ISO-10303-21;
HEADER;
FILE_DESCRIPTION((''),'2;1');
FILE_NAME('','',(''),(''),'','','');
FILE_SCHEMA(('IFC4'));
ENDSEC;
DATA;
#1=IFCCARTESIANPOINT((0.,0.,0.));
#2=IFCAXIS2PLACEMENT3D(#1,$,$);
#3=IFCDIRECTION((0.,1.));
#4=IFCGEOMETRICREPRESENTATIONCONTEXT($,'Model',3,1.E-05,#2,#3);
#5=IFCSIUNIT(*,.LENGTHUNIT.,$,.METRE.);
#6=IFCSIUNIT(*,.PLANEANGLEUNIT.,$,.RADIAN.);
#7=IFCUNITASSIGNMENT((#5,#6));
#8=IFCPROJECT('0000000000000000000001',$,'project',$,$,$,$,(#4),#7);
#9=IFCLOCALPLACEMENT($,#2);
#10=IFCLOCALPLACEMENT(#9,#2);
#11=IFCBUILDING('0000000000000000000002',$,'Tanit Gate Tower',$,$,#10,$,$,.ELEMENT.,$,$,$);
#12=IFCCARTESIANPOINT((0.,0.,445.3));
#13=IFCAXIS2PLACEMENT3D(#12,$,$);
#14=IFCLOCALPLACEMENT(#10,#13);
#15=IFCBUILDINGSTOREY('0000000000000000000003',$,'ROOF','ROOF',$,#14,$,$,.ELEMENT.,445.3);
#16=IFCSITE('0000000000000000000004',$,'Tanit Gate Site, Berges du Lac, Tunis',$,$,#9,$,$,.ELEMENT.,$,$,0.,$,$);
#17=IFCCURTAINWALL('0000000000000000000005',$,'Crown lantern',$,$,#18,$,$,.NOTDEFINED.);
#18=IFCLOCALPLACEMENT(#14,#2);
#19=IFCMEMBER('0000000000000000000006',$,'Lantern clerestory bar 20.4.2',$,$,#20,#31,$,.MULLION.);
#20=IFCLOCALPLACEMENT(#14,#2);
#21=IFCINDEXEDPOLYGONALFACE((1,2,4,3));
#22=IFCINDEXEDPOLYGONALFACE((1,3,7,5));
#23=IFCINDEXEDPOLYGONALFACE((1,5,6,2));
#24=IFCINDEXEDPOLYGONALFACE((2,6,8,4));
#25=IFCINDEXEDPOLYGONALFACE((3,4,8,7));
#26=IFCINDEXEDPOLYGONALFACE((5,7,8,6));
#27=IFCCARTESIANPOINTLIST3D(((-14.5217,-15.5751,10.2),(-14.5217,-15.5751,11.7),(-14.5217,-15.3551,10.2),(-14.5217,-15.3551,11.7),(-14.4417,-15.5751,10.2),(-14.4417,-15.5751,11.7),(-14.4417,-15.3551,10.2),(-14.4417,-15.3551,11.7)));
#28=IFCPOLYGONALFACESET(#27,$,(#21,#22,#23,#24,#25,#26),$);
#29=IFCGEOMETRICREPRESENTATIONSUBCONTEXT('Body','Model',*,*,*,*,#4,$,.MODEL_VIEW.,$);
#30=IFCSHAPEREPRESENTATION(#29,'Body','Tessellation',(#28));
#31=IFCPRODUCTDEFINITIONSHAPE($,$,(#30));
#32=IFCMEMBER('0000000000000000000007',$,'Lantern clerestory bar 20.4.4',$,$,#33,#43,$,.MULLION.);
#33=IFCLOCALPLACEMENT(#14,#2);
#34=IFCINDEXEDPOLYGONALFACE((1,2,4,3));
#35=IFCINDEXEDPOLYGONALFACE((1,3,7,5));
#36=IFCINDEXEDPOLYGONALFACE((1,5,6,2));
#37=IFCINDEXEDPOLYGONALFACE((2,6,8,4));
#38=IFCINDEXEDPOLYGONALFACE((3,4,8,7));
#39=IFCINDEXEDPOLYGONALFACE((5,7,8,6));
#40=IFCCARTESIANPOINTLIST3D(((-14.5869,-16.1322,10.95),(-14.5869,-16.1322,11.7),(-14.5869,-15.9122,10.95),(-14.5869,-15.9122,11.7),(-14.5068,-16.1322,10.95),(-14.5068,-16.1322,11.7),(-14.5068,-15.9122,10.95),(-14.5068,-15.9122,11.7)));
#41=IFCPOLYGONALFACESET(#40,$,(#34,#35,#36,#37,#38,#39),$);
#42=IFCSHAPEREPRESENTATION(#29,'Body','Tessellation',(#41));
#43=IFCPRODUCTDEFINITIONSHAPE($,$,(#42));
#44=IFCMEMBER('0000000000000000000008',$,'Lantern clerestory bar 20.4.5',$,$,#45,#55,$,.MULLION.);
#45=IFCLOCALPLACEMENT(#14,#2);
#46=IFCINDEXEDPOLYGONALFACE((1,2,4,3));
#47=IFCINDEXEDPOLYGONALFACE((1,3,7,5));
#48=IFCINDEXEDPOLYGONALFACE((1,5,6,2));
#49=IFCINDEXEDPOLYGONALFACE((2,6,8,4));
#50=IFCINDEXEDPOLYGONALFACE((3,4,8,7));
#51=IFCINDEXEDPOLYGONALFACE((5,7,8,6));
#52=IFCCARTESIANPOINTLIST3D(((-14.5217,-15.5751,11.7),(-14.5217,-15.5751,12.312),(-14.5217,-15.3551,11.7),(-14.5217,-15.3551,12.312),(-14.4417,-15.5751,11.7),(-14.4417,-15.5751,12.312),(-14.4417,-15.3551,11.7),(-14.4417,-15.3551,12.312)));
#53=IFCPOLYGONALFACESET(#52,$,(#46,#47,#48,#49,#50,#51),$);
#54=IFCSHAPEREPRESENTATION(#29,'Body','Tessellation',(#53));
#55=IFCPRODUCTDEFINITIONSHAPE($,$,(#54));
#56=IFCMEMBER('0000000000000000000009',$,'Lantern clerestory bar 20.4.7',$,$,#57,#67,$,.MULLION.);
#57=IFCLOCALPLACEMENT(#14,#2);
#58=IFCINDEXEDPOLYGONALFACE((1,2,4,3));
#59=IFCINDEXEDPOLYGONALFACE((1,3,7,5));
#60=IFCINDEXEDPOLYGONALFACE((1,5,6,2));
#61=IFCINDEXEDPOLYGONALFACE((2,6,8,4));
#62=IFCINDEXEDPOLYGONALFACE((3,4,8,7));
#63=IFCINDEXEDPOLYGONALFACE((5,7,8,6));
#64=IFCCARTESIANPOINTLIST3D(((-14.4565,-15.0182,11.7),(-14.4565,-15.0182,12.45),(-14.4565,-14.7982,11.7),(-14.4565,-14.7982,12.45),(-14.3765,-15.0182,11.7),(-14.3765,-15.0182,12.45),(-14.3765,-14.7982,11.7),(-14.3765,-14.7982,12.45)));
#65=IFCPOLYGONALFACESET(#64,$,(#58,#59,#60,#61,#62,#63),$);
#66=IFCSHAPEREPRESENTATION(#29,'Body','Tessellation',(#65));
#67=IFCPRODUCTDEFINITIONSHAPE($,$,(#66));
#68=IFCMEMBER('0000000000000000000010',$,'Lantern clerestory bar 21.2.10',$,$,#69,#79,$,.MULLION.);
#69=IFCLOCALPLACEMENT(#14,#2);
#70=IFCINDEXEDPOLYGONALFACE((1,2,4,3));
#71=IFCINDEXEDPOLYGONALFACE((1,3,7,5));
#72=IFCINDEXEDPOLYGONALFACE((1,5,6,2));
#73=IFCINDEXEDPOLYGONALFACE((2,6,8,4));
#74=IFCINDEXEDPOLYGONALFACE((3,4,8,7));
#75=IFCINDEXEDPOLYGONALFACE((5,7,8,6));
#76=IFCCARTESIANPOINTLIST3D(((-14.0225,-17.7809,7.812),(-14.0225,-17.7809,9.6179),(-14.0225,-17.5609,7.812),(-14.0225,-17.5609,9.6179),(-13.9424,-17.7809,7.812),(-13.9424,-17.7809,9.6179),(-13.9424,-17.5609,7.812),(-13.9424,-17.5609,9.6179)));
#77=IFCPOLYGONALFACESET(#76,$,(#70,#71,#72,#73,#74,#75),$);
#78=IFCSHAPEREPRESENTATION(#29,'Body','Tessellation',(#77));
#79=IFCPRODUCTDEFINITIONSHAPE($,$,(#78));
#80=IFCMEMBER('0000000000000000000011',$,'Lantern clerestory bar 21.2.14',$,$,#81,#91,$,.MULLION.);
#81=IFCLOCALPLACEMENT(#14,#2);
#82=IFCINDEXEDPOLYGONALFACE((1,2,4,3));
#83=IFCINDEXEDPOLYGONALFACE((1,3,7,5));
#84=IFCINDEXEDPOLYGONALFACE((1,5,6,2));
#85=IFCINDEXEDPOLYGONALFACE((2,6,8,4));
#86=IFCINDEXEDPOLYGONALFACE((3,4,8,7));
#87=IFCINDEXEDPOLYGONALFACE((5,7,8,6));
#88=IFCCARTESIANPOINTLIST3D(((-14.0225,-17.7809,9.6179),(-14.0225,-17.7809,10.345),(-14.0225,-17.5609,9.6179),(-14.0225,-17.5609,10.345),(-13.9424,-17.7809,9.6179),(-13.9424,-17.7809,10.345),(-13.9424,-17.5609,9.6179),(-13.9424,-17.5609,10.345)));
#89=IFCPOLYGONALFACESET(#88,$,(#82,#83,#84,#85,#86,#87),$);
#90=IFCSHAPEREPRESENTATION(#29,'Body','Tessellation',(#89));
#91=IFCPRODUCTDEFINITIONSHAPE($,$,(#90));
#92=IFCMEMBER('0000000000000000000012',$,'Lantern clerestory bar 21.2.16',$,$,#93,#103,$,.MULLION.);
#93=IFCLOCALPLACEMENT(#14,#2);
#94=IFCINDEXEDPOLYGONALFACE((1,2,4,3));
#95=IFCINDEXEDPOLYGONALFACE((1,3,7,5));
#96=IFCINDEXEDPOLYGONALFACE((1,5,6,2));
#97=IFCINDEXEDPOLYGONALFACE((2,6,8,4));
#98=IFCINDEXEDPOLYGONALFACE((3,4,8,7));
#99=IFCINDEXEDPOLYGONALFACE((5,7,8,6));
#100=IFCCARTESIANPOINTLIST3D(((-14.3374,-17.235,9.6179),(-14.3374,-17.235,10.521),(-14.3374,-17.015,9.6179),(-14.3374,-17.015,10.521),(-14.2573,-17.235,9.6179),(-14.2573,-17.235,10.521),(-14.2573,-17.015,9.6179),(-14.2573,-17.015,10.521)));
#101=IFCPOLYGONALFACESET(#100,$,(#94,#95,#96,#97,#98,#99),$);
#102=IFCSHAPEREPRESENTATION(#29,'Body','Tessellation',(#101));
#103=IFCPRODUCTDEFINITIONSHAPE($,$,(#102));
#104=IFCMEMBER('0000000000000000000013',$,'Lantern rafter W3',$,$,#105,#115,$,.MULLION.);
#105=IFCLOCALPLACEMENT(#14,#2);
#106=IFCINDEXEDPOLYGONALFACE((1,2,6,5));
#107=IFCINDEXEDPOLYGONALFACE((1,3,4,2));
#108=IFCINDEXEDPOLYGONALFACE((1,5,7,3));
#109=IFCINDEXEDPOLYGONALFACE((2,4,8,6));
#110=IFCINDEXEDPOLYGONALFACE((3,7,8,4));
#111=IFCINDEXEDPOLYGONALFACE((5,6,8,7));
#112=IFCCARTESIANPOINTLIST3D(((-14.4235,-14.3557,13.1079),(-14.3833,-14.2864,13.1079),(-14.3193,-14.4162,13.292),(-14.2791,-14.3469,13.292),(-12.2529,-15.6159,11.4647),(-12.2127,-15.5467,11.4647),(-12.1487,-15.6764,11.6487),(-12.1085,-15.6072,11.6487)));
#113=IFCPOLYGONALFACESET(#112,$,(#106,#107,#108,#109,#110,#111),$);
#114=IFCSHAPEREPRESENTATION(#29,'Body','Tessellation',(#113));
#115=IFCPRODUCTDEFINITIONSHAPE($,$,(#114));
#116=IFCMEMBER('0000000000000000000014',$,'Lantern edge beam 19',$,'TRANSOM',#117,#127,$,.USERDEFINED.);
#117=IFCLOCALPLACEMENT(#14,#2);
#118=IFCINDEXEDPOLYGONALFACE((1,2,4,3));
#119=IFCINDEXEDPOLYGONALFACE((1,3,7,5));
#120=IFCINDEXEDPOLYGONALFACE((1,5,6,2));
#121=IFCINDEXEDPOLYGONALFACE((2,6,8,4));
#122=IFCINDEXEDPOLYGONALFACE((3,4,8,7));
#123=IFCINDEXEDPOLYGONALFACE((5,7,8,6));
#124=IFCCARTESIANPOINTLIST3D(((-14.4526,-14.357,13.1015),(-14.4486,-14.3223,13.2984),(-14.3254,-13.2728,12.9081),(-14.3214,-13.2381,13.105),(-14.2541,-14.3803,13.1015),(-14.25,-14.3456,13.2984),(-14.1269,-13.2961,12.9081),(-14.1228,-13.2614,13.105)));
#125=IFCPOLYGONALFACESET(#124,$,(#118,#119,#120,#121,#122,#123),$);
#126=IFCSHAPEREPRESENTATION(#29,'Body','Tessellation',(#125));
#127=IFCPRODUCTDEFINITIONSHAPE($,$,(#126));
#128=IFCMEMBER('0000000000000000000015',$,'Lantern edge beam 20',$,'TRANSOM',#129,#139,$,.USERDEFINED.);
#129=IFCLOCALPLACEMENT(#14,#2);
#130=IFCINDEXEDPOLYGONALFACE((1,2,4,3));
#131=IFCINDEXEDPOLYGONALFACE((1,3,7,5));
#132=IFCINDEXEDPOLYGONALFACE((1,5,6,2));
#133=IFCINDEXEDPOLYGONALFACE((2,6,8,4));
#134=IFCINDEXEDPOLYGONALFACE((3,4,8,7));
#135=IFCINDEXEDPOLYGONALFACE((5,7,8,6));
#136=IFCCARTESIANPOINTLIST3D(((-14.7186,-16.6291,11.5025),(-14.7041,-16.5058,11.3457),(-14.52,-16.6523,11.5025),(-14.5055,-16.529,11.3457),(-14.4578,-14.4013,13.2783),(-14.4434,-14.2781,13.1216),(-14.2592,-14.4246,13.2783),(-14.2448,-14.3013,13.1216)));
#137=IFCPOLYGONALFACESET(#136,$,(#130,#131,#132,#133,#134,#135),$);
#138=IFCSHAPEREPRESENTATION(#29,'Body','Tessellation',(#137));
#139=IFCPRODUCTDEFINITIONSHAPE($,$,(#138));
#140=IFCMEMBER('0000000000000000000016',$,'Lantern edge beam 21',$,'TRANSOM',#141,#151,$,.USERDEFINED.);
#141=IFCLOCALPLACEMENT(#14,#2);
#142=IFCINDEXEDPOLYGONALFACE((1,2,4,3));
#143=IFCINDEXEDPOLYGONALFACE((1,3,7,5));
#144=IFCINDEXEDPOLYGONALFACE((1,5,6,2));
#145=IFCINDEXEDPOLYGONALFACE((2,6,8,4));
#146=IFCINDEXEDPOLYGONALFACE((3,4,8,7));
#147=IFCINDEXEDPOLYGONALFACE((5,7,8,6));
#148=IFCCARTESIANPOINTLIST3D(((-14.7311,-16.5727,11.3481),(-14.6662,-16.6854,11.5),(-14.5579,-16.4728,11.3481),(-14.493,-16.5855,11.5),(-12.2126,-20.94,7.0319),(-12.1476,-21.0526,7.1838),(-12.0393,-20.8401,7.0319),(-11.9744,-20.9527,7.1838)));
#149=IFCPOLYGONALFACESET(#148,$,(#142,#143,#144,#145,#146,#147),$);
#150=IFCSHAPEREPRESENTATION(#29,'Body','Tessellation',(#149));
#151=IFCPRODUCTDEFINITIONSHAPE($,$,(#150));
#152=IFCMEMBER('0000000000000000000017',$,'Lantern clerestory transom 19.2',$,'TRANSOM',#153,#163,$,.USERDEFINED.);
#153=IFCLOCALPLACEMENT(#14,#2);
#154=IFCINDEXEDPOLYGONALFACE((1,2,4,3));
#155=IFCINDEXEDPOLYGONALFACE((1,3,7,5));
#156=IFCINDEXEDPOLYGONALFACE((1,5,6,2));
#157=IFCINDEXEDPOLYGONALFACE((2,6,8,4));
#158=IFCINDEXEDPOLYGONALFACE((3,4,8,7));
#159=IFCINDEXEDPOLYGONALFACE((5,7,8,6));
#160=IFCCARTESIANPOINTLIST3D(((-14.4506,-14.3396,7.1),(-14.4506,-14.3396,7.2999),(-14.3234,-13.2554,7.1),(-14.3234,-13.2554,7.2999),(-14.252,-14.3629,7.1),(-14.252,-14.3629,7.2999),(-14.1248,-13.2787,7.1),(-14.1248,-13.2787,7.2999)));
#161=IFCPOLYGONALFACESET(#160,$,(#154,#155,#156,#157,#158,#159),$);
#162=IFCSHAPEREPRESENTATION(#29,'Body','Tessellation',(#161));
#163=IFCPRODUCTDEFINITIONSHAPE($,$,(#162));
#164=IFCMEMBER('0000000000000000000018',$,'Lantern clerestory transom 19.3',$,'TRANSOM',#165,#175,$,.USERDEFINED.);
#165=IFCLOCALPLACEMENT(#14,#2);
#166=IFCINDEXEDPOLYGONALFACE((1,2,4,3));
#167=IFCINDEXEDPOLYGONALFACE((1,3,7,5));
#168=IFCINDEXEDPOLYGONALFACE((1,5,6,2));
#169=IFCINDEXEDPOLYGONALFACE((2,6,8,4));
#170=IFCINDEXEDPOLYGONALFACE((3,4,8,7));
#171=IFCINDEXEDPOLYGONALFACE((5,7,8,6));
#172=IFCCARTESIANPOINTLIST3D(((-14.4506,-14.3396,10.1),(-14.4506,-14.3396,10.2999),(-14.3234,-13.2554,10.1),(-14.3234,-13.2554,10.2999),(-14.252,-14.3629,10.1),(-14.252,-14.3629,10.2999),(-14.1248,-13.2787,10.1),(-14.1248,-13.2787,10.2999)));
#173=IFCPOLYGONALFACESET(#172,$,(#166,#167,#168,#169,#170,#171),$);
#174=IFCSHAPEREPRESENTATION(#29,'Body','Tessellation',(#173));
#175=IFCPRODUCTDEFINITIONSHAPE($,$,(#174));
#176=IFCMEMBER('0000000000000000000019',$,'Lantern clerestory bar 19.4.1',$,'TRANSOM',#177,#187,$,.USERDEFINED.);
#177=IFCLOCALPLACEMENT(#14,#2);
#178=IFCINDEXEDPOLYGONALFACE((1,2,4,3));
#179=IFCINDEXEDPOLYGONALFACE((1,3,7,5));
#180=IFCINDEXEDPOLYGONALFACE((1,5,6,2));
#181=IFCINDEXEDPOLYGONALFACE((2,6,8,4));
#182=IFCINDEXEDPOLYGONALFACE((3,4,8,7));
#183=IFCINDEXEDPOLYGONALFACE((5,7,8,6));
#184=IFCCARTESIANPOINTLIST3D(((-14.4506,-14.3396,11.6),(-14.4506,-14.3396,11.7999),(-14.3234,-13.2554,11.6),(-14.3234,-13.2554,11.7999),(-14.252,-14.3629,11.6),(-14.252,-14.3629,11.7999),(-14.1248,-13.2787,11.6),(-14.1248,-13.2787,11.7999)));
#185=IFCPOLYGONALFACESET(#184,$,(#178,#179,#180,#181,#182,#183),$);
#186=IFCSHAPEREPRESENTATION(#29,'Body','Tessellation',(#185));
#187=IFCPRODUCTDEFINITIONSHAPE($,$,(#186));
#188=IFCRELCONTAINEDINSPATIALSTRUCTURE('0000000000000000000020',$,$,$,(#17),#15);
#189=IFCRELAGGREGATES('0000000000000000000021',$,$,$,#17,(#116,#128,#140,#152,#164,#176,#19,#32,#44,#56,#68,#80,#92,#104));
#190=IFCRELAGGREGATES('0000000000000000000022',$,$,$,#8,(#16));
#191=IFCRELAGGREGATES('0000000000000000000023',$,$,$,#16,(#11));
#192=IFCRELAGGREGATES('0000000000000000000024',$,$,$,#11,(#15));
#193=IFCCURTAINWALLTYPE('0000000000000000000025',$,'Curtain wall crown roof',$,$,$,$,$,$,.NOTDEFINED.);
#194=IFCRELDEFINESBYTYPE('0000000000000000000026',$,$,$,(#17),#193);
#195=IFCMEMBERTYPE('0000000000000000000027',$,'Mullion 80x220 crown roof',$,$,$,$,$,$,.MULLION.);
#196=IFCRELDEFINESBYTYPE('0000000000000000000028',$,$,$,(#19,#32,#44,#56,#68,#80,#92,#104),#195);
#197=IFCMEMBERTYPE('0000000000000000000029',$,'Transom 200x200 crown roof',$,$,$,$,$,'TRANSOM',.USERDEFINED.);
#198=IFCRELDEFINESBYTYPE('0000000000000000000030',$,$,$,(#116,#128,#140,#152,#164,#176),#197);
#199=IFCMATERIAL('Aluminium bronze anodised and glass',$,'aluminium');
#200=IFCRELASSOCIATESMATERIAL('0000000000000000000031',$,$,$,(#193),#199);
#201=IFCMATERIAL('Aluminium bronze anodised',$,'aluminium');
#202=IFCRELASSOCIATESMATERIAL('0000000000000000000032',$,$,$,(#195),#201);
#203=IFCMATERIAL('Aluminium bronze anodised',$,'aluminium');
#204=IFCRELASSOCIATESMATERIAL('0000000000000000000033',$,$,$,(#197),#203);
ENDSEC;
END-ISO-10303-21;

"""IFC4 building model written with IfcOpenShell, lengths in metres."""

from ifc_helpers import new_model, si_unit, direction, frame, origin, origin_2d, place, context, subcontext, project, spatial, rectangle, extrude, material, material_profile, profile_set, type_object, element, aggregate, save


model = new_model("IFC4")

# Units and contexts
model_context = context("Model", 3, precision=1e-05, world=origin(), true_north=direction((0.0, 1.0)))
body_context = subcontext(model_context, "Body", "Model", "MODEL_VIEW")
ifc_project = project(units=[si_unit("LENGTHUNIT", "METRE"), si_unit("PLANEANGLEUNIT", "RADIAN")], contexts=[model_context])

# Site, building, storey
site_placement = place(None, origin())
site = spatial("IfcSite", under=ifc_project, at=site_placement, Name="Tanit Gate Site, Berges du Lac, Tunis", CompositionType="ELEMENT", RefElevation=0.0)
building_placement = place(site_placement, origin())
building = spatial("IfcBuilding", under=site, at=building_placement, Name="Tanit Gate Tower", CompositionType="ELEMENT")
storey_placement = place(building_placement, frame((0.0, 0.0, 445.3)))
storey = spatial("IfcBuildingStorey", under=building, at=storey_placement, Name="ROOF", Description="ROOF", CompositionType="ELEMENT", Elevation=445.3)

# Curtain wall, members
ifc_material_1 = material(Name="Aluminium bronze anodised and glass", Category="aluminium")
curtain_wall_type = type_object("IfcCurtainWallType", Name="Curtain wall crown roof", PredefinedType="NOTDEFINED", material=ifc_material_1)
curtain_wall_placement = place(storey_placement, origin())
curtain_wall = element("IfcCurtainWall", 1, at=curtain_wall_placement, inside=storey, type_object=curtain_wall_type, Name="Crown lantern", PredefinedType="NOTDEFINED")
ifc_material_2 = material(Name="Aluminium bronze anodised", Category="aluminium")
ifc_material_profile_1 = material_profile(ifc_material_2, rectangle(XDim=0.0801, YDim=0.22, at=origin_2d()), Name="80x220 bronze rafter")
ifc_profile_set_1 = profile_set([ifc_material_profile_1], Name="Aluminium bronze anodised")
member_type_1 = type_object("IfcMemberType", Name="Mullion 80x220 crown roof", PredefinedType="MULLION", material=ifc_profile_set_1)
member_1_placement = place(storey_placement, frame((-14.4817, -15.4651, 10.2), z_axis=(0.0, 0.0, 1.0), x_axis=(1.0, 0.0, 0.0)))
member_1 = element("IfcMember", 2, at=member_1_placement, type_object=member_type_1, Name="Lantern clerestory bar 20.4.2", PredefinedType="MULLION", context=body_context, shape_type="SweptSolid", body=[
    extrude(rectangle(XDim=0.0801, YDim=0.22, at=origin_2d()), origin(), (0.0, 0.0, 1.0), 1.5),
])
member_2_placement = place(storey_placement, frame((-14.5469, -16.0222, 10.95), z_axis=(0.0, 0.0, 1.0), x_axis=(1.0, 0.0, 0.0)))
member_2 = element("IfcMember", 3, at=member_2_placement, type_object=member_type_1, Name="Lantern clerestory bar 20.4.4", PredefinedType="MULLION", context=body_context, shape_type="SweptSolid", body=[
    extrude(rectangle(XDim=0.0801, YDim=0.22, at=origin_2d()), origin(), (0.0, 0.0, 1.0), 0.75),
])
member_3_placement = place(storey_placement, frame((-14.4817, -15.4651, 11.7), z_axis=(0.0, 0.0, 1.0), x_axis=(1.0, 0.0, 0.0)))
member_3 = element("IfcMember", 4, at=member_3_placement, type_object=member_type_1, Name="Lantern clerestory bar 20.4.5", PredefinedType="MULLION", context=body_context, shape_type="SweptSolid", body=[
    extrude(rectangle(XDim=0.0801, YDim=0.22, at=origin_2d()), origin(), (0.0, 0.0, 1.0), 0.6121),
])
member_4_placement = place(storey_placement, frame((-14.4165, -14.9082, 11.7), z_axis=(0.0, 0.0, 1.0), x_axis=(1.0, 0.0, 0.0)))
member_4 = element("IfcMember", 5, at=member_4_placement, type_object=member_type_1, Name="Lantern clerestory bar 20.4.7", PredefinedType="MULLION", context=body_context, shape_type="SweptSolid", body=[
    extrude(rectangle(XDim=0.0801, YDim=0.22, at=origin_2d()), origin(), (0.0, 0.0, 1.0), 0.75),
])
member_5_placement = place(storey_placement, frame((-13.9824, -17.6709, 7.812), z_axis=(0.0, 0.0, 1.0), x_axis=(1.0, 0.0, 0.0)))
member_5 = element("IfcMember", 6, at=member_5_placement, type_object=member_type_1, Name="Lantern clerestory bar 21.2.10", PredefinedType="MULLION", context=body_context, shape_type="SweptSolid", body=[
    extrude(rectangle(XDim=0.0801, YDim=0.22, at=origin_2d()), origin(), (0.0, 0.0, 1.0), 1.8059),
])
member_6_placement = place(storey_placement, frame((-13.9824, -17.6709, 9.6179), z_axis=(0.0, 0.0, 1.0), x_axis=(1.0, 0.0, 0.0)))
member_6 = element("IfcMember", 7, at=member_6_placement, type_object=member_type_1, Name="Lantern clerestory bar 21.2.14", PredefinedType="MULLION", context=body_context, shape_type="SweptSolid", body=[
    extrude(rectangle(XDim=0.0801, YDim=0.22, at=origin_2d()), origin(), (0.0, 0.0, 1.0), 0.7271),
])
member_7_placement = place(storey_placement, frame((-14.2974, -17.125, 9.6179), z_axis=(0.0, 0.0, 1.0), x_axis=(1.0, 0.0, 0.0)))
member_7 = element("IfcMember", 8, at=member_7_placement, type_object=member_type_1, Name="Lantern clerestory bar 21.2.16", PredefinedType="MULLION", context=body_context, shape_type="SweptSolid", body=[
    extrude(rectangle(XDim=0.0801, YDim=0.22, at=origin_2d()), origin(), (0.0, 0.0, 1.0), 0.9031),
])
member_8_placement = place(storey_placement, frame((-14.3513, -14.3513, 13.2), z_axis=(0.723533, -0.420074, -0.547757), x_axis=(0.502098, 0.864811, 0.0)))
member_8 = element("IfcMember", 9, at=member_8_placement, type_object=member_type_1, Name="Lantern rafter W3", PredefinedType="MULLION", context=body_context, shape_type="SweptSolid", body=[
    extrude(rectangle(XDim=0.0801, YDim=0.22, at=origin_2d()), origin(), (0.0, 0.0, 1.0), 3.0),
])
ifc_material_3 = material(Name="Aluminium bronze anodised", Category="aluminium")
ifc_material_profile_2 = material_profile(ifc_material_3, rectangle(XDim=0.2, YDim=0.2, at=origin_2d()), Name="200x200 bronze transom")
ifc_profile_set_2 = profile_set([ifc_material_profile_2], Name="Aluminium bronze anodised")
member_type_2 = type_object("IfcMemberType", Name="Transom 200x200 crown roof", ElementType="TRANSOM", PredefinedType="USERDEFINED", material=ifc_profile_set_2)
member_9_placement = place(storey_placement, frame((-14.2241, -13.2671, 13.0066), z_axis=(-0.114731, -0.977966, 0.174409), x_axis=(0.993189, -0.116517, 0.0)))
member_9 = element("IfcMember", 10, at=member_9_placement, type_object=member_type_2, Name="Lantern edge beam 19", ObjectType="TRANSOM", PredefinedType="USERDEFINED", context=body_context, shape_type="SweptSolid", body=[
    extrude(rectangle(XDim=0.2, YDim=0.2, at=origin_2d()), origin(), (0.0, 0.0, 1.0), 1.1086),
])
member_10_placement = place(storey_placement, frame((-14.3513, -14.3513, 13.2), z_axis=(-0.09114, -0.7787, -0.620741), x_axis=(0.99322, -0.116248, 0.0)))
member_10 = element("IfcMember", 11, at=member_10_placement, type_object=member_type_2, Name="Lantern edge beam 20", ObjectType="TRANSOM", PredefinedType="USERDEFINED", context=body_context, shape_type="SweptSolid", body=[
    extrude(rectangle(XDim=0.2, YDim=0.2, at=origin_2d()), origin(), (0.0, 0.0, 1.0), 2.8608),
])
member_11_placement = place(storey_placement, frame((-14.6121, -16.5791, 11.4241), z_axis=(0.379494, -0.658044, -0.650356), x_axis=(0.866269, 0.499577, 0.0)))
member_11 = element("IfcMember", 12, at=member_11_placement, type_object=member_type_2, Name="Lantern edge beam 21", ObjectType="TRANSOM", PredefinedType="USERDEFINED", context=body_context, shape_type="SweptSolid", body=[
    extrude(rectangle(XDim=0.2, YDim=0.2, at=origin_2d()), origin(), (0.0, 0.0, 1.0), 6.6367),
])
member_12_placement = place(storey_placement, frame((-14.2241, -13.2671, 7.2), z_axis=(-0.116517, -0.993189, 0.0), x_axis=(0.993189, -0.116517, 0.0)))
member_12 = element("IfcMember", 13, at=member_12_placement, type_object=member_type_2, Name="Lantern clerestory transom 19.2", ObjectType="TRANSOM", PredefinedType="USERDEFINED", context=body_context, shape_type="SweptSolid", body=[
    extrude(rectangle(XDim=0.2, YDim=0.2, at=origin_2d()), origin(), (0.0, 0.0, 1.0), 1.0916),
])
member_13_placement = place(storey_placement, frame((-14.2241, -13.2671, 10.2), z_axis=(-0.116517, -0.993189, 0.0), x_axis=(0.993189, -0.116517, 0.0)))
member_13 = element("IfcMember", 14, at=member_13_placement, type_object=member_type_2, Name="Lantern clerestory transom 19.3", ObjectType="TRANSOM", PredefinedType="USERDEFINED", context=body_context, shape_type="SweptSolid", body=[
    extrude(rectangle(XDim=0.2, YDim=0.2, at=origin_2d()), origin(), (0.0, 0.0, 1.0), 1.0916),
])
member_14_placement = place(storey_placement, frame((-14.2241, -13.2671, 11.7), z_axis=(-0.116517, -0.993189, 0.0), x_axis=(0.993189, -0.116517, 0.0)))
member_14 = element("IfcMember", 15, at=member_14_placement, type_object=member_type_2, Name="Lantern clerestory bar 19.4.1", ObjectType="TRANSOM", PredefinedType="USERDEFINED", context=body_context, shape_type="SweptSolid", body=[
    extrude(rectangle(XDim=0.2, YDim=0.2, at=origin_2d()), origin(), (0.0, 0.0, 1.0), 1.0916),
])
aggregate(curtain_wall, [member_9, member_10, member_11, member_12, member_13, member_14, member_1, member_2, member_3, member_4, member_5, member_6, member_7, member_8])

save(model, "model.ifc")
